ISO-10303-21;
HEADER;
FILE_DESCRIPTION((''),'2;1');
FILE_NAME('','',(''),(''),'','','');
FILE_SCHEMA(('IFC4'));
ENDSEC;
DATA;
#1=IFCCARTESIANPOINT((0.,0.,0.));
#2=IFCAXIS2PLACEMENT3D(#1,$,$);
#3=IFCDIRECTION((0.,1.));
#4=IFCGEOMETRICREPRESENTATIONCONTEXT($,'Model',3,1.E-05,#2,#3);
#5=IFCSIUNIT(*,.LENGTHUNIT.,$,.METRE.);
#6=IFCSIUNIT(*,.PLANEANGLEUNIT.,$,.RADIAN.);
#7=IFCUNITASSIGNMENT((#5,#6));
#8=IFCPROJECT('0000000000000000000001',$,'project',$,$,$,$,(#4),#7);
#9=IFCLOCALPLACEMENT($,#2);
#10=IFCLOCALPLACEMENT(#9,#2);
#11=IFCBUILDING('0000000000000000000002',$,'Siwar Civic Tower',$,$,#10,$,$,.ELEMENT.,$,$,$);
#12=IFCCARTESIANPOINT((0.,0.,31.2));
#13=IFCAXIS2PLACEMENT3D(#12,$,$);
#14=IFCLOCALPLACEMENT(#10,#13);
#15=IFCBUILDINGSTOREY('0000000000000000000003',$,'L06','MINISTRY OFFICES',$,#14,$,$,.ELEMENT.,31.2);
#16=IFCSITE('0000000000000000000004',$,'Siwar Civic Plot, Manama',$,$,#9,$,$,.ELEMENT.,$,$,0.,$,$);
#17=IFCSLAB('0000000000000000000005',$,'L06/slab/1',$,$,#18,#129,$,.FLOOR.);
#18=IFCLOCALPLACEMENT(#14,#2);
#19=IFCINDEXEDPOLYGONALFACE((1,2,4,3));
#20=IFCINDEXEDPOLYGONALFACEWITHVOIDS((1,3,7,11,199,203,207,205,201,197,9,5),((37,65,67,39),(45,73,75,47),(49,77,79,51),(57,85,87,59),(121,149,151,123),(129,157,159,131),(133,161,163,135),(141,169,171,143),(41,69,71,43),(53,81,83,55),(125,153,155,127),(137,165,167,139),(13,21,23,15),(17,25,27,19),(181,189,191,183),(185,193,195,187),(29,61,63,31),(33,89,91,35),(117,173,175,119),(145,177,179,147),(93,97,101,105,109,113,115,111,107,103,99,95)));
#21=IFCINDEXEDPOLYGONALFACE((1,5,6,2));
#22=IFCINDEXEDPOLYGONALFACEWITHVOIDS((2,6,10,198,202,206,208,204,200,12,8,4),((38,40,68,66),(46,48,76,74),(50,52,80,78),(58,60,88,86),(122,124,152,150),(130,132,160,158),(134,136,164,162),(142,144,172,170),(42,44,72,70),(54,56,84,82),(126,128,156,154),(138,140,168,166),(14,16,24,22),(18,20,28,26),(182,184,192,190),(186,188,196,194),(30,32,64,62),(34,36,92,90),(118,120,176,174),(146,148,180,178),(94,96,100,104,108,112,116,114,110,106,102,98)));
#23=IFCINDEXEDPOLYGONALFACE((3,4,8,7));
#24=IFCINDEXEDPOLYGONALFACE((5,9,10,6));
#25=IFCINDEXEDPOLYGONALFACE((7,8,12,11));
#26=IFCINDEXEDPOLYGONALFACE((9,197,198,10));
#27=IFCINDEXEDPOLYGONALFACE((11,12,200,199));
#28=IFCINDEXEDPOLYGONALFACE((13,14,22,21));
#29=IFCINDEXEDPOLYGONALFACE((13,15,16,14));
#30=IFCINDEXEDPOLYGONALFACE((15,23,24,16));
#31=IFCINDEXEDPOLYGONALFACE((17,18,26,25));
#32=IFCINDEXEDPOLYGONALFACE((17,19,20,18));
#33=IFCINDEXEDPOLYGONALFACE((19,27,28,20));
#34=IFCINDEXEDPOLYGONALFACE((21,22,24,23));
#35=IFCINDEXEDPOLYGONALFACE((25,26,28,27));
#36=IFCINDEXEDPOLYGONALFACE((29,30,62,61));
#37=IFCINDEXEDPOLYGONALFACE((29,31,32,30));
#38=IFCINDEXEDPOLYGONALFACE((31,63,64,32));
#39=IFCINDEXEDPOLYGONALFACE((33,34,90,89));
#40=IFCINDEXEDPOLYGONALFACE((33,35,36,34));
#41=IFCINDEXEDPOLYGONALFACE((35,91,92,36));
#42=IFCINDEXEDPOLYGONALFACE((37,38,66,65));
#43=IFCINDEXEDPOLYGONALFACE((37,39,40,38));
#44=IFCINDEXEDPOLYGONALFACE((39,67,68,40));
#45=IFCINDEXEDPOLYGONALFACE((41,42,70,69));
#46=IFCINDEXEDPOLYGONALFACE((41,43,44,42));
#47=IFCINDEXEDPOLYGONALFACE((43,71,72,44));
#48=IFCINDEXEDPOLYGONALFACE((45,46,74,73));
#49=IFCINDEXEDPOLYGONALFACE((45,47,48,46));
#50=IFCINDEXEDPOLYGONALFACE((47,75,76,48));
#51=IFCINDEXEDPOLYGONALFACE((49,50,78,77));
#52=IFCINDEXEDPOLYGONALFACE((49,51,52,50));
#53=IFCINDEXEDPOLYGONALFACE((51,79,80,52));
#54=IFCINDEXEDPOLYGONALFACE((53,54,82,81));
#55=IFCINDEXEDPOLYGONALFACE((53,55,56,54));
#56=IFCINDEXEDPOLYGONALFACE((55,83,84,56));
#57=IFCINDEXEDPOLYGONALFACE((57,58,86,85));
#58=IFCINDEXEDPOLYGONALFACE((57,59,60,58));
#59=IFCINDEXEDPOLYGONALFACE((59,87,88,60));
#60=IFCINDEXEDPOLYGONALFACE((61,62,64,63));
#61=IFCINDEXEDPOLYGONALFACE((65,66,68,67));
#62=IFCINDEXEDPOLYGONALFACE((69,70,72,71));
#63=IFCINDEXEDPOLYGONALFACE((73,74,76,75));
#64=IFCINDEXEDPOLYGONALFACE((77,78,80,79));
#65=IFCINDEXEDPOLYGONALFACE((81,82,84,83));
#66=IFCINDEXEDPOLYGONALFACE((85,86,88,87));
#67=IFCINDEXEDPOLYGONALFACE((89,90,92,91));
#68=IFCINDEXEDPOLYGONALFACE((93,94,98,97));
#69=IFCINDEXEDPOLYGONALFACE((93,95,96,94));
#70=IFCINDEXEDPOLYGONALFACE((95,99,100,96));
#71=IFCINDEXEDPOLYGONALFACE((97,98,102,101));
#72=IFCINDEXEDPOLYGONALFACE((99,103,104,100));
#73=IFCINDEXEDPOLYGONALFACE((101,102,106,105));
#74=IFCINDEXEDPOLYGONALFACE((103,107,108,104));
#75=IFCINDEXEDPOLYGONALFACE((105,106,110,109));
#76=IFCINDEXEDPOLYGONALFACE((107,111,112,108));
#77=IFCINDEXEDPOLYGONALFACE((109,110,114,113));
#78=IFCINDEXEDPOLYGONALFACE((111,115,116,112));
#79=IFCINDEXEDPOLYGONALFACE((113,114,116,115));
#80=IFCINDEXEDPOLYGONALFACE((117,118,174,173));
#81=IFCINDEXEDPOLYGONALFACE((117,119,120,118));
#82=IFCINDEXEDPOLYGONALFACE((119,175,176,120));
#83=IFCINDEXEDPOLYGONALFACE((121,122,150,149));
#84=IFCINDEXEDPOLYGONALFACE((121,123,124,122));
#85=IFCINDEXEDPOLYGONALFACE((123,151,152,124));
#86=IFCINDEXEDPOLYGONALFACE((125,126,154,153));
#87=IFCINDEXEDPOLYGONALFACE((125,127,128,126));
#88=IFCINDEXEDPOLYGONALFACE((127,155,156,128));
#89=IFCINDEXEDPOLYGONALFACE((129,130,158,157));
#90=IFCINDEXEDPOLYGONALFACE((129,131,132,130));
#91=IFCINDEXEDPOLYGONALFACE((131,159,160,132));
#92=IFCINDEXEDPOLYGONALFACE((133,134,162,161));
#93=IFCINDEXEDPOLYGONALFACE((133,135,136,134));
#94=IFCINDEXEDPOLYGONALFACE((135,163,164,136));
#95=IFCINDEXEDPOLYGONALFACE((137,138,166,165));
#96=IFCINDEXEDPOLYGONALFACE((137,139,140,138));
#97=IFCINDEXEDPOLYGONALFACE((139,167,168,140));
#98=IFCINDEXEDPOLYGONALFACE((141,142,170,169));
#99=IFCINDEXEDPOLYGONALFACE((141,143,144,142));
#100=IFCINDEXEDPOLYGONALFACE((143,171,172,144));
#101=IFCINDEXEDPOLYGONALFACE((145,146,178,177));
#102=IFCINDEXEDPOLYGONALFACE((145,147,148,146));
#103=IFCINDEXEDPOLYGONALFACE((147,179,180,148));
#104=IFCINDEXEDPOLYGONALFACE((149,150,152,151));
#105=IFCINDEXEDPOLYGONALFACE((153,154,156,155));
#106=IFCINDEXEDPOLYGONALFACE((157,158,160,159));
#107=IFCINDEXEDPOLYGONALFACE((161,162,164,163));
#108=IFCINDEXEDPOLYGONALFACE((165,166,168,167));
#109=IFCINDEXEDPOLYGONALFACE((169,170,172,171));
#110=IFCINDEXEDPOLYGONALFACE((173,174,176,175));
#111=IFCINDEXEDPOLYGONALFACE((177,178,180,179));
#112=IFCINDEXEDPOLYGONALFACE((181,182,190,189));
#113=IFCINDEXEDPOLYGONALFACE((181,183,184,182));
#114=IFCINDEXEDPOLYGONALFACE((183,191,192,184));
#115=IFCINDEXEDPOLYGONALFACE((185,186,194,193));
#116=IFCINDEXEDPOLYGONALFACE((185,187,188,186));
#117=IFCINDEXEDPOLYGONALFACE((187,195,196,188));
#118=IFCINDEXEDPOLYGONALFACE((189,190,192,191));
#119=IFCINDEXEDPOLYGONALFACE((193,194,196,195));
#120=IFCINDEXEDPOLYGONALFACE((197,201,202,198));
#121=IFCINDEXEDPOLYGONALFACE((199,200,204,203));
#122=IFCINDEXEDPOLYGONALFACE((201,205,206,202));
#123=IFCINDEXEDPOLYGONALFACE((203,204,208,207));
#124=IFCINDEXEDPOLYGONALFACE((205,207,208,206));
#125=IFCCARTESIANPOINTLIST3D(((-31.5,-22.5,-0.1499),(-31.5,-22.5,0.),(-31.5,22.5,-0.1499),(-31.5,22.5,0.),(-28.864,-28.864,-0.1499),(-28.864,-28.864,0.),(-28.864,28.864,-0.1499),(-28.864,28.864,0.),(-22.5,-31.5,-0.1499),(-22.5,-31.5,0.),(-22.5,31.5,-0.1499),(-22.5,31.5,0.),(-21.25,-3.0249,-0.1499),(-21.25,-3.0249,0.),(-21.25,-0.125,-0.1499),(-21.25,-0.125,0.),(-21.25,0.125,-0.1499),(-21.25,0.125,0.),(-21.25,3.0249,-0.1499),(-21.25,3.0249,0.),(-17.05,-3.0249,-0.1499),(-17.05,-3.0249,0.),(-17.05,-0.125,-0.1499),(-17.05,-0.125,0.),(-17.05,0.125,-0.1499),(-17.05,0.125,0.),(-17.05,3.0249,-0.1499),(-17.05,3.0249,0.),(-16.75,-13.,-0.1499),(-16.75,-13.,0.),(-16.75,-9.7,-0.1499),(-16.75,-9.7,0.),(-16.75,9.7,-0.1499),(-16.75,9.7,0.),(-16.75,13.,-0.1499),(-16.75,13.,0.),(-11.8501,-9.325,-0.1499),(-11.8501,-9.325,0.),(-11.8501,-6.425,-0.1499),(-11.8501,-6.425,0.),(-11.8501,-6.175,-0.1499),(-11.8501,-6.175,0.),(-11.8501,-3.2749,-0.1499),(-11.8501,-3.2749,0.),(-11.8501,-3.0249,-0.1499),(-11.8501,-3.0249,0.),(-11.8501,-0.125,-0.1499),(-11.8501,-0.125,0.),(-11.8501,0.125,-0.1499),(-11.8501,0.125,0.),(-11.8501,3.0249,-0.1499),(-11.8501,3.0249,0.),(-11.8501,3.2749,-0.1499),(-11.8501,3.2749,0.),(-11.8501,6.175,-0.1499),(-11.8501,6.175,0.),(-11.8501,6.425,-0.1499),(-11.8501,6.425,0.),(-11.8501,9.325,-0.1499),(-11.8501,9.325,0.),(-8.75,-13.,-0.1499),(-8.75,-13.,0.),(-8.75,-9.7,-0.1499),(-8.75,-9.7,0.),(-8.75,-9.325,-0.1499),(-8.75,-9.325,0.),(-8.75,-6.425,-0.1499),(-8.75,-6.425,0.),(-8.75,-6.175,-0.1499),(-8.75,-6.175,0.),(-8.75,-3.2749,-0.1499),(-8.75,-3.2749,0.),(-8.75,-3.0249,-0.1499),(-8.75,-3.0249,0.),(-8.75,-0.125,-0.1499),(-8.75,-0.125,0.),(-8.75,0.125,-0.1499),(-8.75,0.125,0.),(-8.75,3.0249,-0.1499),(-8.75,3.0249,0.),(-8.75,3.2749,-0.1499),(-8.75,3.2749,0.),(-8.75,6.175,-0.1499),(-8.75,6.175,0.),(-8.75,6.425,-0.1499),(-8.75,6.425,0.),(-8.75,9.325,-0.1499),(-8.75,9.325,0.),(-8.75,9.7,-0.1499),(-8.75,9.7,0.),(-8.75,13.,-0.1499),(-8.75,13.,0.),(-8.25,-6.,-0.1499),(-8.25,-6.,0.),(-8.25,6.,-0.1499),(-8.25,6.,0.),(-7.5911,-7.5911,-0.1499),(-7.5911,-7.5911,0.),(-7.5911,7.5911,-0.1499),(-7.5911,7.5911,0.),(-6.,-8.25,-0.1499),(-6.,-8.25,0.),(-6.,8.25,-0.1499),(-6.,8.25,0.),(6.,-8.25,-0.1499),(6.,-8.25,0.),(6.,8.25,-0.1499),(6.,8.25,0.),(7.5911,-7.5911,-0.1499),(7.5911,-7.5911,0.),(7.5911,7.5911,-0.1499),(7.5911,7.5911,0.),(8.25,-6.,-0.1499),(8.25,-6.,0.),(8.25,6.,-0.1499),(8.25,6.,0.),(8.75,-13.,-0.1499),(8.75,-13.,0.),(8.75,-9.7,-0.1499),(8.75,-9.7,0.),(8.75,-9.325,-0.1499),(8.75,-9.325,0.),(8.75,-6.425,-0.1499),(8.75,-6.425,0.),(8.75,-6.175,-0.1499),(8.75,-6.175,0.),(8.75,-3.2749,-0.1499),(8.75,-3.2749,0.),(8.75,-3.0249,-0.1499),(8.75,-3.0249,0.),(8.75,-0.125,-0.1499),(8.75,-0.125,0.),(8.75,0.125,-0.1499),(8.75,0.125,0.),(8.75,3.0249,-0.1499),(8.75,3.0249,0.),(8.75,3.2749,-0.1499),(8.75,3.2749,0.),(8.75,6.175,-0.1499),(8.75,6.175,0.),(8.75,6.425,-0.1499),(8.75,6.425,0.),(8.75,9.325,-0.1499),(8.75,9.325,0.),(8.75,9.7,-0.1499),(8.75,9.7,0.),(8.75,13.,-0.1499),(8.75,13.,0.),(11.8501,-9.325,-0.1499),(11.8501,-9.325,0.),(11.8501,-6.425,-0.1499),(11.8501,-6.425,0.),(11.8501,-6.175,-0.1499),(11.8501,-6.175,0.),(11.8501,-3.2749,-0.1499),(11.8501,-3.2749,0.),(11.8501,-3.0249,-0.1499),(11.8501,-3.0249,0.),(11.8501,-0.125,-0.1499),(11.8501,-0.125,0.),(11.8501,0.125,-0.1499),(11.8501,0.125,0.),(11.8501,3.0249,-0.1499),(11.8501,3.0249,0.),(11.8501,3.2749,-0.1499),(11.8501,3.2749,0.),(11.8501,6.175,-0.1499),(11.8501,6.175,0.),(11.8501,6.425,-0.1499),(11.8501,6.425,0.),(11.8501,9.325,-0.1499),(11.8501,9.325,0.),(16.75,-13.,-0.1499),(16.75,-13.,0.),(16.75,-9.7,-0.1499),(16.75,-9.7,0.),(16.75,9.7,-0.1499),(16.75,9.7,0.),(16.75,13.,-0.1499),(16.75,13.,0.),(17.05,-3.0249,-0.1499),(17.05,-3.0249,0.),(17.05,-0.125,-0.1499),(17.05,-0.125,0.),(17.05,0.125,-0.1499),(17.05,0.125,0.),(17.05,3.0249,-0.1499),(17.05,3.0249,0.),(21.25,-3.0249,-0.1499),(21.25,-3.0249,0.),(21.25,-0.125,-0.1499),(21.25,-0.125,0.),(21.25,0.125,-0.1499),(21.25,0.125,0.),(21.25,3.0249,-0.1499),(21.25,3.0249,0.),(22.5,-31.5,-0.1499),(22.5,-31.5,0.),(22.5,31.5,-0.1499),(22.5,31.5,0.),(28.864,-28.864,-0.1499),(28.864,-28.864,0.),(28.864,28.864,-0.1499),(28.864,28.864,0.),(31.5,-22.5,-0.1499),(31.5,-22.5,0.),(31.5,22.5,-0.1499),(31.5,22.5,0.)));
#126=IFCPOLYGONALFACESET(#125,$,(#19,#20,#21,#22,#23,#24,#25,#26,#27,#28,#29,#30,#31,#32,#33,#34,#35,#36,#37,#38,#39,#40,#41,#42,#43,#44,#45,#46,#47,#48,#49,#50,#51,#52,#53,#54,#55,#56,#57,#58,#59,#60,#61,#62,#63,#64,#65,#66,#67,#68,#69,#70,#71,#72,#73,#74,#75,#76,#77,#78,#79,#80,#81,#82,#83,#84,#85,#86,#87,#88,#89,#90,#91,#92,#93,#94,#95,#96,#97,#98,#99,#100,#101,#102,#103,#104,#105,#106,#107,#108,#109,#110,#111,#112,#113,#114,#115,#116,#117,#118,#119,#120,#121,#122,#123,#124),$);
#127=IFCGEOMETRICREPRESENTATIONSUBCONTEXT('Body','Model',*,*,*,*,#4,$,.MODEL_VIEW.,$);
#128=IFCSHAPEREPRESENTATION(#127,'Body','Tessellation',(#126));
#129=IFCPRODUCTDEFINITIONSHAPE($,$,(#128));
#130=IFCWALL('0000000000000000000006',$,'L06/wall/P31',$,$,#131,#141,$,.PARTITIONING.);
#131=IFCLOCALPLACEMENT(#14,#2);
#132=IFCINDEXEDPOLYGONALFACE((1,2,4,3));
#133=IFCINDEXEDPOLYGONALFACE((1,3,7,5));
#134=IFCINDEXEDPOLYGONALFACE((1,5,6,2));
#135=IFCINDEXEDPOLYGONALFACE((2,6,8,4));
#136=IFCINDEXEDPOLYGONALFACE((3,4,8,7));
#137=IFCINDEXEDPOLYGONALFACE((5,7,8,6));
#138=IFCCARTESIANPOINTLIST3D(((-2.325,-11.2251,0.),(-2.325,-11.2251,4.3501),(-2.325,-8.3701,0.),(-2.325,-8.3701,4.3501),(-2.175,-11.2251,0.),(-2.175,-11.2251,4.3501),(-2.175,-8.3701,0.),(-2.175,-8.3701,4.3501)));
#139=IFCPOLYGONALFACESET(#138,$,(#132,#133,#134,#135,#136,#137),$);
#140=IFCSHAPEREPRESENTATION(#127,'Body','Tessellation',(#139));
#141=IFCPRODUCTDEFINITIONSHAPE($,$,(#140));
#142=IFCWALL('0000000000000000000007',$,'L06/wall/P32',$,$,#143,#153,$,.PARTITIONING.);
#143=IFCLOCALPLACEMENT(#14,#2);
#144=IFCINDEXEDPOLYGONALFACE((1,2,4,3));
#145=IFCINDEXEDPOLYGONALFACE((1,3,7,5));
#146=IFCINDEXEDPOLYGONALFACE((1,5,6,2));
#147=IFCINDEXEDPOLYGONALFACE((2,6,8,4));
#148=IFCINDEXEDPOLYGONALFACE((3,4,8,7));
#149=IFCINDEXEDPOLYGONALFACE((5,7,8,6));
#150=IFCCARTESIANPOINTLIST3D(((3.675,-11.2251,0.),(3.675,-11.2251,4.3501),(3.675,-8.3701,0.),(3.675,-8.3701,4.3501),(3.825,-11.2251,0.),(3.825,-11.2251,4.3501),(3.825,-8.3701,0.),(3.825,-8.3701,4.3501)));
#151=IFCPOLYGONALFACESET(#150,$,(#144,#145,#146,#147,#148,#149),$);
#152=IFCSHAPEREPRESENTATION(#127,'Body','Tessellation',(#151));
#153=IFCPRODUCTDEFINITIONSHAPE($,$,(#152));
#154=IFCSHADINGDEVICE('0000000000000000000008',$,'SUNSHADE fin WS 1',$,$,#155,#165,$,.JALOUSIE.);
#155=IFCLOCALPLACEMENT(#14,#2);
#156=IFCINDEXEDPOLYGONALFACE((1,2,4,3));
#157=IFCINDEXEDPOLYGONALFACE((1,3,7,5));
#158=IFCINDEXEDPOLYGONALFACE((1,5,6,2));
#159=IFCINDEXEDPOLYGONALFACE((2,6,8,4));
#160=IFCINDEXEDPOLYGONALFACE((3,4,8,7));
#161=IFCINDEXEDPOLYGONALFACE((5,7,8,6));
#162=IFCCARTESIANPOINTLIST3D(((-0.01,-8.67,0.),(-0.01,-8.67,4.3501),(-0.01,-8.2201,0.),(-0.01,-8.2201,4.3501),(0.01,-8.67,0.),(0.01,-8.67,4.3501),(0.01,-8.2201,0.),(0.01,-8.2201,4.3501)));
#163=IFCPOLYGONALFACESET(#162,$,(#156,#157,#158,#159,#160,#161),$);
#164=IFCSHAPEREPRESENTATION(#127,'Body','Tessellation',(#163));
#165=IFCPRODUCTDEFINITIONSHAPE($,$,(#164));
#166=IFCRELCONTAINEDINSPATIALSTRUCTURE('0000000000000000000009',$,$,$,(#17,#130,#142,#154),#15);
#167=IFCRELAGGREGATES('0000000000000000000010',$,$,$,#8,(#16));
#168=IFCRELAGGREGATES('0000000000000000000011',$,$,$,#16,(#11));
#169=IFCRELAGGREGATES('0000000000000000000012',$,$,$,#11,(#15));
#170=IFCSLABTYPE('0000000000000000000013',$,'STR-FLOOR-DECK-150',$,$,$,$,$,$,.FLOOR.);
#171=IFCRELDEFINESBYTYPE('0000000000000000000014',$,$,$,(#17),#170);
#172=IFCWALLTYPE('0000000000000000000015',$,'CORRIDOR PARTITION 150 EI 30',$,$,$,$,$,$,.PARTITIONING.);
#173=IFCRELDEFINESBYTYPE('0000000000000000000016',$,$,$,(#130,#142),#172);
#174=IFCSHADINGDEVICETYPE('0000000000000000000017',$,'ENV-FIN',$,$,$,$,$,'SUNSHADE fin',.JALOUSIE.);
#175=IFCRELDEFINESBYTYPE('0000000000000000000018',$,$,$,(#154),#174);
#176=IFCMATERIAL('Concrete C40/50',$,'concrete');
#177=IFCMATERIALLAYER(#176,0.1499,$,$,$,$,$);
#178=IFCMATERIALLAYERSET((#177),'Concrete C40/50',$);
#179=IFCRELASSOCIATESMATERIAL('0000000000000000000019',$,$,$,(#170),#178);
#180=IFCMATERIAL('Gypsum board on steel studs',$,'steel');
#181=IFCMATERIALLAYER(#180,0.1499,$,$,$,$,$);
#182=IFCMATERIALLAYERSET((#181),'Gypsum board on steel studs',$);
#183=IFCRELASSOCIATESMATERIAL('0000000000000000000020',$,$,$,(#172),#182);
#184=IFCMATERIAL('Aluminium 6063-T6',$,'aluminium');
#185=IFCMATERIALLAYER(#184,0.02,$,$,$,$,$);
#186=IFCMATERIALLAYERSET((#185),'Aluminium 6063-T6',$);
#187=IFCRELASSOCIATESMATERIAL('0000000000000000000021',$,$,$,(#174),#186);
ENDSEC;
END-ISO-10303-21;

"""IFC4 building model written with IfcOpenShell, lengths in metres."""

from ifc_helpers import new_model, si_unit, direction, frame, frame_2d, origin, origin_2d, place, context, subcontext, project, spatial, polyline, rectangle, outline, extrude, material, layer, layer_set, type_object, element, save


model = new_model("IFC4")

# Units and contexts
model_context = context("Model", 3, precision=1e-05, world=origin(), true_north=direction((0.0, 1.0)))
body_context = subcontext(model_context, "Body", "Model", "MODEL_VIEW")
ifc_project = project(units=[si_unit("LENGTHUNIT", "METRE"), si_unit("PLANEANGLEUNIT", "RADIAN")], contexts=[model_context])

# Site, building, storey
site_placement = place(None, origin())
site = spatial("IfcSite", under=ifc_project, at=site_placement, Name="Siwar Civic Plot, Manama", CompositionType="ELEMENT", RefElevation=0.0)
building_placement = place(site_placement, origin())
building = spatial("IfcBuilding", under=site, at=building_placement, Name="Siwar Civic Tower", CompositionType="ELEMENT")
storey_placement = place(building_placement, frame((0.0, 0.0, 31.2)))
storey = spatial("IfcBuildingStorey", under=building, at=storey_placement, Name="L06", Description="MINISTRY OFFICES", CompositionType="ELEMENT", Elevation=31.2)

# Slab
ifc_material_1 = material(Name="Concrete C40/50", Category="concrete")
ifc_layer_1 = layer(ifc_material_1, 0.1499)
ifc_layer_set_1 = layer_set([ifc_layer_1], Name="Concrete C40/50")
slab_type_1 = type_object("IfcSlabType", Name="STR-FLOOR-DECK-150", PredefinedType="FLOOR", material=ifc_layer_set_1)
slab_1_placement = place(storey_placement, frame((0.0, 0.0, -0.1499)))
element("IfcSlab", 1, at=slab_1_placement, inside=storey, type_object=slab_type_1, Name="L06/slab/1", PredefinedType="FLOOR", context=body_context, shape_type="SweptSolid", body=[
    extrude(outline(polyline([(-22.5, -31.5), (22.5, -31.5), (28.864, -28.864), (31.5, -22.5), (31.5, 22.5), (28.864, 28.864), (22.5, 31.5), (-22.5, 31.5), (-28.864, 28.864), (-31.5, 22.5), (-31.5, -22.5), (-28.864, -28.864), (-22.5, -31.5)]), holes=[polyline([(21.25, 3.0249), (21.25, 0.125), (17.05, 0.125), (17.05, 3.0249), (21.25, 3.0249)]), polyline([(17.05, -0.125), (21.25, -0.125), (21.25, -3.0249), (17.05, -3.0249), (17.05, -0.125)]), polyline([(16.75, 13.0), (16.75, 9.7), (8.75, 9.7), (8.75, 13.0), (16.75, 13.0)]), polyline([(8.75, -9.7), (16.75, -9.7), (16.75, -13.0), (8.75, -13.0), (8.75, -9.7)]), polyline([(11.8501, 9.325), (11.8501, 6.425), (8.75, 6.425), (8.75, 9.325), (11.8501, 9.325)]), polyline([(11.8501, 3.0249), (11.8501, 0.125), (8.75, 0.125), (8.75, 3.0249), (11.8501, 3.0249)]), polyline([(11.8501, -0.125), (11.8501, -3.0249), (8.75, -3.0249), (8.75, -0.125), (11.8501, -0.125)]), polyline([(11.8501, -3.2749), (11.8501, -6.175), (8.75, -6.175), (8.75, -3.2749), (11.8501, -3.2749)]), polyline([(8.75, 6.175), (11.8501, 6.175), (11.8501, 3.2749), (8.75, 3.2749), (8.75, 6.175)]), polyline([(8.75, -6.425), (11.8501, -6.425), (11.8501, -9.325), (8.75, -9.325), (8.75, -6.425)]), polyline([(-6.0, 8.25), (6.0, 8.25), (7.5911, 7.5911), (8.25, 6.0), (8.25, -6.0), (7.5911, -7.5911), (6.0, -8.25), (-6.0, -8.25), (-7.5911, -7.5911), (-8.25, -6.0), (-8.25, 6.0), (-7.5911, 7.5911), (-6.0, 8.25)]), polyline([(-8.75, 9.7), (-16.75, 9.7), (-16.75, 13.0), (-8.75, 13.0), (-8.75, 9.7)]), polyline([(-8.75, 0.125), (-11.8501, 0.125), (-11.8501, 3.0249), (-8.75, 3.0249), (-8.75, 0.125)]), polyline([(-8.75, -6.175), (-11.8501, -6.175), (-11.8501, -3.2749), (-8.75, -3.2749), (-8.75, -6.175)]), polyline([(-8.75, -9.325), (-11.8501, -9.325), (-11.8501, -6.425), (-8.75, -6.425), (-8.75, -9.325)]), polyline([(-8.75, -13.0), (-16.75, -13.0), (-16.75, -9.7), (-8.75, -9.7), (-8.75, -13.0)]), polyline([(-11.8501, 6.425), (-11.8501, 9.325), (-8.75, 9.325), (-8.75, 6.425), (-11.8501, 6.425)]), polyline([(-11.8501, 3.2749), (-11.8501, 6.175), (-8.75, 6.175), (-8.75, 3.2749), (-11.8501, 3.2749)]), polyline([(-11.8501, -3.0249), (-11.8501, -0.125), (-8.75, -0.125), (-8.75, -3.0249), (-11.8501, -3.0249)]), polyline([(-21.25, -3.0249), (-21.25, -0.125), (-17.05, -0.125), (-17.05, -3.0249), (-21.25, -3.0249)]), polyline([(-17.05, 0.125), (-21.25, 0.125), (-21.25, 3.0249), (-17.05, 3.0249), (-17.05, 0.125)])]), origin(), (0.0, 0.0, 1.0), 0.1499),
])

# Walls
ifc_material_2 = material(Name="Gypsum board on steel studs", Category="steel")
ifc_layer_2 = layer(ifc_material_2, 0.1499)
ifc_layer_set_2 = layer_set([ifc_layer_2], Name="Gypsum board on steel studs")
wall_type = type_object("IfcWallType", Name="CORRIDOR PARTITION 150 EI 30", PredefinedType="PARTITIONING", material=ifc_layer_set_2)
for number, where, z_axis, x_axis, name in (
    (2, (-2.25, -11.2251, 0.0), (0.0, 0.0, 1.0), (0.0, 1.0, 0.0), "L06/wall/P31"),
    (3, (3.75, -11.2251, 0.0), (0.0, 0.0, 1.0), (0.0, 1.0, 0.0), "L06/wall/P32"),
):
    element("IfcWall", number, at=place(storey_placement, frame(where, z_axis=z_axis, x_axis=x_axis)), inside=storey, type_object=wall_type, Name=name, PredefinedType="PARTITIONING", context=body_context, shape_type="SweptSolid", body=[
        extrude(rectangle(XDim=2.855, YDim=0.1499, at=frame_2d((1.4275, 0.0))), origin(), (0.0, 0.0, 1.0), 4.3501),
    ])

# Shading device
ifc_material_3 = material(Name="Aluminium 6063-T6", Category="aluminium")
ifc_layer_3 = layer(ifc_material_3, 0.02)
ifc_layer_set_3 = layer_set([ifc_layer_3], Name="Aluminium 6063-T6")
shading_device_type = type_object("IfcShadingDeviceType", Name="ENV-FIN", ElementType="SUNSHADE fin", PredefinedType="JALOUSIE", material=ifc_layer_set_3)
shading_device_placement = place(storey_placement, frame((0.0, -8.4451, 0.0), z_axis=(0.0, 0.0, 1.0), x_axis=(1.0, 0.0, 0.0)))
element("IfcShadingDevice", 4, at=shading_device_placement, inside=storey, type_object=shading_device_type, Name="SUNSHADE fin WS 1", PredefinedType="JALOUSIE", context=body_context, shape_type="SweptSolid", body=[
    extrude(rectangle(XDim=0.02, YDim=0.45, at=origin_2d()), origin(), (0.0, 0.0, 1.0), 4.3501),
])

save(model, "model.ifc")
